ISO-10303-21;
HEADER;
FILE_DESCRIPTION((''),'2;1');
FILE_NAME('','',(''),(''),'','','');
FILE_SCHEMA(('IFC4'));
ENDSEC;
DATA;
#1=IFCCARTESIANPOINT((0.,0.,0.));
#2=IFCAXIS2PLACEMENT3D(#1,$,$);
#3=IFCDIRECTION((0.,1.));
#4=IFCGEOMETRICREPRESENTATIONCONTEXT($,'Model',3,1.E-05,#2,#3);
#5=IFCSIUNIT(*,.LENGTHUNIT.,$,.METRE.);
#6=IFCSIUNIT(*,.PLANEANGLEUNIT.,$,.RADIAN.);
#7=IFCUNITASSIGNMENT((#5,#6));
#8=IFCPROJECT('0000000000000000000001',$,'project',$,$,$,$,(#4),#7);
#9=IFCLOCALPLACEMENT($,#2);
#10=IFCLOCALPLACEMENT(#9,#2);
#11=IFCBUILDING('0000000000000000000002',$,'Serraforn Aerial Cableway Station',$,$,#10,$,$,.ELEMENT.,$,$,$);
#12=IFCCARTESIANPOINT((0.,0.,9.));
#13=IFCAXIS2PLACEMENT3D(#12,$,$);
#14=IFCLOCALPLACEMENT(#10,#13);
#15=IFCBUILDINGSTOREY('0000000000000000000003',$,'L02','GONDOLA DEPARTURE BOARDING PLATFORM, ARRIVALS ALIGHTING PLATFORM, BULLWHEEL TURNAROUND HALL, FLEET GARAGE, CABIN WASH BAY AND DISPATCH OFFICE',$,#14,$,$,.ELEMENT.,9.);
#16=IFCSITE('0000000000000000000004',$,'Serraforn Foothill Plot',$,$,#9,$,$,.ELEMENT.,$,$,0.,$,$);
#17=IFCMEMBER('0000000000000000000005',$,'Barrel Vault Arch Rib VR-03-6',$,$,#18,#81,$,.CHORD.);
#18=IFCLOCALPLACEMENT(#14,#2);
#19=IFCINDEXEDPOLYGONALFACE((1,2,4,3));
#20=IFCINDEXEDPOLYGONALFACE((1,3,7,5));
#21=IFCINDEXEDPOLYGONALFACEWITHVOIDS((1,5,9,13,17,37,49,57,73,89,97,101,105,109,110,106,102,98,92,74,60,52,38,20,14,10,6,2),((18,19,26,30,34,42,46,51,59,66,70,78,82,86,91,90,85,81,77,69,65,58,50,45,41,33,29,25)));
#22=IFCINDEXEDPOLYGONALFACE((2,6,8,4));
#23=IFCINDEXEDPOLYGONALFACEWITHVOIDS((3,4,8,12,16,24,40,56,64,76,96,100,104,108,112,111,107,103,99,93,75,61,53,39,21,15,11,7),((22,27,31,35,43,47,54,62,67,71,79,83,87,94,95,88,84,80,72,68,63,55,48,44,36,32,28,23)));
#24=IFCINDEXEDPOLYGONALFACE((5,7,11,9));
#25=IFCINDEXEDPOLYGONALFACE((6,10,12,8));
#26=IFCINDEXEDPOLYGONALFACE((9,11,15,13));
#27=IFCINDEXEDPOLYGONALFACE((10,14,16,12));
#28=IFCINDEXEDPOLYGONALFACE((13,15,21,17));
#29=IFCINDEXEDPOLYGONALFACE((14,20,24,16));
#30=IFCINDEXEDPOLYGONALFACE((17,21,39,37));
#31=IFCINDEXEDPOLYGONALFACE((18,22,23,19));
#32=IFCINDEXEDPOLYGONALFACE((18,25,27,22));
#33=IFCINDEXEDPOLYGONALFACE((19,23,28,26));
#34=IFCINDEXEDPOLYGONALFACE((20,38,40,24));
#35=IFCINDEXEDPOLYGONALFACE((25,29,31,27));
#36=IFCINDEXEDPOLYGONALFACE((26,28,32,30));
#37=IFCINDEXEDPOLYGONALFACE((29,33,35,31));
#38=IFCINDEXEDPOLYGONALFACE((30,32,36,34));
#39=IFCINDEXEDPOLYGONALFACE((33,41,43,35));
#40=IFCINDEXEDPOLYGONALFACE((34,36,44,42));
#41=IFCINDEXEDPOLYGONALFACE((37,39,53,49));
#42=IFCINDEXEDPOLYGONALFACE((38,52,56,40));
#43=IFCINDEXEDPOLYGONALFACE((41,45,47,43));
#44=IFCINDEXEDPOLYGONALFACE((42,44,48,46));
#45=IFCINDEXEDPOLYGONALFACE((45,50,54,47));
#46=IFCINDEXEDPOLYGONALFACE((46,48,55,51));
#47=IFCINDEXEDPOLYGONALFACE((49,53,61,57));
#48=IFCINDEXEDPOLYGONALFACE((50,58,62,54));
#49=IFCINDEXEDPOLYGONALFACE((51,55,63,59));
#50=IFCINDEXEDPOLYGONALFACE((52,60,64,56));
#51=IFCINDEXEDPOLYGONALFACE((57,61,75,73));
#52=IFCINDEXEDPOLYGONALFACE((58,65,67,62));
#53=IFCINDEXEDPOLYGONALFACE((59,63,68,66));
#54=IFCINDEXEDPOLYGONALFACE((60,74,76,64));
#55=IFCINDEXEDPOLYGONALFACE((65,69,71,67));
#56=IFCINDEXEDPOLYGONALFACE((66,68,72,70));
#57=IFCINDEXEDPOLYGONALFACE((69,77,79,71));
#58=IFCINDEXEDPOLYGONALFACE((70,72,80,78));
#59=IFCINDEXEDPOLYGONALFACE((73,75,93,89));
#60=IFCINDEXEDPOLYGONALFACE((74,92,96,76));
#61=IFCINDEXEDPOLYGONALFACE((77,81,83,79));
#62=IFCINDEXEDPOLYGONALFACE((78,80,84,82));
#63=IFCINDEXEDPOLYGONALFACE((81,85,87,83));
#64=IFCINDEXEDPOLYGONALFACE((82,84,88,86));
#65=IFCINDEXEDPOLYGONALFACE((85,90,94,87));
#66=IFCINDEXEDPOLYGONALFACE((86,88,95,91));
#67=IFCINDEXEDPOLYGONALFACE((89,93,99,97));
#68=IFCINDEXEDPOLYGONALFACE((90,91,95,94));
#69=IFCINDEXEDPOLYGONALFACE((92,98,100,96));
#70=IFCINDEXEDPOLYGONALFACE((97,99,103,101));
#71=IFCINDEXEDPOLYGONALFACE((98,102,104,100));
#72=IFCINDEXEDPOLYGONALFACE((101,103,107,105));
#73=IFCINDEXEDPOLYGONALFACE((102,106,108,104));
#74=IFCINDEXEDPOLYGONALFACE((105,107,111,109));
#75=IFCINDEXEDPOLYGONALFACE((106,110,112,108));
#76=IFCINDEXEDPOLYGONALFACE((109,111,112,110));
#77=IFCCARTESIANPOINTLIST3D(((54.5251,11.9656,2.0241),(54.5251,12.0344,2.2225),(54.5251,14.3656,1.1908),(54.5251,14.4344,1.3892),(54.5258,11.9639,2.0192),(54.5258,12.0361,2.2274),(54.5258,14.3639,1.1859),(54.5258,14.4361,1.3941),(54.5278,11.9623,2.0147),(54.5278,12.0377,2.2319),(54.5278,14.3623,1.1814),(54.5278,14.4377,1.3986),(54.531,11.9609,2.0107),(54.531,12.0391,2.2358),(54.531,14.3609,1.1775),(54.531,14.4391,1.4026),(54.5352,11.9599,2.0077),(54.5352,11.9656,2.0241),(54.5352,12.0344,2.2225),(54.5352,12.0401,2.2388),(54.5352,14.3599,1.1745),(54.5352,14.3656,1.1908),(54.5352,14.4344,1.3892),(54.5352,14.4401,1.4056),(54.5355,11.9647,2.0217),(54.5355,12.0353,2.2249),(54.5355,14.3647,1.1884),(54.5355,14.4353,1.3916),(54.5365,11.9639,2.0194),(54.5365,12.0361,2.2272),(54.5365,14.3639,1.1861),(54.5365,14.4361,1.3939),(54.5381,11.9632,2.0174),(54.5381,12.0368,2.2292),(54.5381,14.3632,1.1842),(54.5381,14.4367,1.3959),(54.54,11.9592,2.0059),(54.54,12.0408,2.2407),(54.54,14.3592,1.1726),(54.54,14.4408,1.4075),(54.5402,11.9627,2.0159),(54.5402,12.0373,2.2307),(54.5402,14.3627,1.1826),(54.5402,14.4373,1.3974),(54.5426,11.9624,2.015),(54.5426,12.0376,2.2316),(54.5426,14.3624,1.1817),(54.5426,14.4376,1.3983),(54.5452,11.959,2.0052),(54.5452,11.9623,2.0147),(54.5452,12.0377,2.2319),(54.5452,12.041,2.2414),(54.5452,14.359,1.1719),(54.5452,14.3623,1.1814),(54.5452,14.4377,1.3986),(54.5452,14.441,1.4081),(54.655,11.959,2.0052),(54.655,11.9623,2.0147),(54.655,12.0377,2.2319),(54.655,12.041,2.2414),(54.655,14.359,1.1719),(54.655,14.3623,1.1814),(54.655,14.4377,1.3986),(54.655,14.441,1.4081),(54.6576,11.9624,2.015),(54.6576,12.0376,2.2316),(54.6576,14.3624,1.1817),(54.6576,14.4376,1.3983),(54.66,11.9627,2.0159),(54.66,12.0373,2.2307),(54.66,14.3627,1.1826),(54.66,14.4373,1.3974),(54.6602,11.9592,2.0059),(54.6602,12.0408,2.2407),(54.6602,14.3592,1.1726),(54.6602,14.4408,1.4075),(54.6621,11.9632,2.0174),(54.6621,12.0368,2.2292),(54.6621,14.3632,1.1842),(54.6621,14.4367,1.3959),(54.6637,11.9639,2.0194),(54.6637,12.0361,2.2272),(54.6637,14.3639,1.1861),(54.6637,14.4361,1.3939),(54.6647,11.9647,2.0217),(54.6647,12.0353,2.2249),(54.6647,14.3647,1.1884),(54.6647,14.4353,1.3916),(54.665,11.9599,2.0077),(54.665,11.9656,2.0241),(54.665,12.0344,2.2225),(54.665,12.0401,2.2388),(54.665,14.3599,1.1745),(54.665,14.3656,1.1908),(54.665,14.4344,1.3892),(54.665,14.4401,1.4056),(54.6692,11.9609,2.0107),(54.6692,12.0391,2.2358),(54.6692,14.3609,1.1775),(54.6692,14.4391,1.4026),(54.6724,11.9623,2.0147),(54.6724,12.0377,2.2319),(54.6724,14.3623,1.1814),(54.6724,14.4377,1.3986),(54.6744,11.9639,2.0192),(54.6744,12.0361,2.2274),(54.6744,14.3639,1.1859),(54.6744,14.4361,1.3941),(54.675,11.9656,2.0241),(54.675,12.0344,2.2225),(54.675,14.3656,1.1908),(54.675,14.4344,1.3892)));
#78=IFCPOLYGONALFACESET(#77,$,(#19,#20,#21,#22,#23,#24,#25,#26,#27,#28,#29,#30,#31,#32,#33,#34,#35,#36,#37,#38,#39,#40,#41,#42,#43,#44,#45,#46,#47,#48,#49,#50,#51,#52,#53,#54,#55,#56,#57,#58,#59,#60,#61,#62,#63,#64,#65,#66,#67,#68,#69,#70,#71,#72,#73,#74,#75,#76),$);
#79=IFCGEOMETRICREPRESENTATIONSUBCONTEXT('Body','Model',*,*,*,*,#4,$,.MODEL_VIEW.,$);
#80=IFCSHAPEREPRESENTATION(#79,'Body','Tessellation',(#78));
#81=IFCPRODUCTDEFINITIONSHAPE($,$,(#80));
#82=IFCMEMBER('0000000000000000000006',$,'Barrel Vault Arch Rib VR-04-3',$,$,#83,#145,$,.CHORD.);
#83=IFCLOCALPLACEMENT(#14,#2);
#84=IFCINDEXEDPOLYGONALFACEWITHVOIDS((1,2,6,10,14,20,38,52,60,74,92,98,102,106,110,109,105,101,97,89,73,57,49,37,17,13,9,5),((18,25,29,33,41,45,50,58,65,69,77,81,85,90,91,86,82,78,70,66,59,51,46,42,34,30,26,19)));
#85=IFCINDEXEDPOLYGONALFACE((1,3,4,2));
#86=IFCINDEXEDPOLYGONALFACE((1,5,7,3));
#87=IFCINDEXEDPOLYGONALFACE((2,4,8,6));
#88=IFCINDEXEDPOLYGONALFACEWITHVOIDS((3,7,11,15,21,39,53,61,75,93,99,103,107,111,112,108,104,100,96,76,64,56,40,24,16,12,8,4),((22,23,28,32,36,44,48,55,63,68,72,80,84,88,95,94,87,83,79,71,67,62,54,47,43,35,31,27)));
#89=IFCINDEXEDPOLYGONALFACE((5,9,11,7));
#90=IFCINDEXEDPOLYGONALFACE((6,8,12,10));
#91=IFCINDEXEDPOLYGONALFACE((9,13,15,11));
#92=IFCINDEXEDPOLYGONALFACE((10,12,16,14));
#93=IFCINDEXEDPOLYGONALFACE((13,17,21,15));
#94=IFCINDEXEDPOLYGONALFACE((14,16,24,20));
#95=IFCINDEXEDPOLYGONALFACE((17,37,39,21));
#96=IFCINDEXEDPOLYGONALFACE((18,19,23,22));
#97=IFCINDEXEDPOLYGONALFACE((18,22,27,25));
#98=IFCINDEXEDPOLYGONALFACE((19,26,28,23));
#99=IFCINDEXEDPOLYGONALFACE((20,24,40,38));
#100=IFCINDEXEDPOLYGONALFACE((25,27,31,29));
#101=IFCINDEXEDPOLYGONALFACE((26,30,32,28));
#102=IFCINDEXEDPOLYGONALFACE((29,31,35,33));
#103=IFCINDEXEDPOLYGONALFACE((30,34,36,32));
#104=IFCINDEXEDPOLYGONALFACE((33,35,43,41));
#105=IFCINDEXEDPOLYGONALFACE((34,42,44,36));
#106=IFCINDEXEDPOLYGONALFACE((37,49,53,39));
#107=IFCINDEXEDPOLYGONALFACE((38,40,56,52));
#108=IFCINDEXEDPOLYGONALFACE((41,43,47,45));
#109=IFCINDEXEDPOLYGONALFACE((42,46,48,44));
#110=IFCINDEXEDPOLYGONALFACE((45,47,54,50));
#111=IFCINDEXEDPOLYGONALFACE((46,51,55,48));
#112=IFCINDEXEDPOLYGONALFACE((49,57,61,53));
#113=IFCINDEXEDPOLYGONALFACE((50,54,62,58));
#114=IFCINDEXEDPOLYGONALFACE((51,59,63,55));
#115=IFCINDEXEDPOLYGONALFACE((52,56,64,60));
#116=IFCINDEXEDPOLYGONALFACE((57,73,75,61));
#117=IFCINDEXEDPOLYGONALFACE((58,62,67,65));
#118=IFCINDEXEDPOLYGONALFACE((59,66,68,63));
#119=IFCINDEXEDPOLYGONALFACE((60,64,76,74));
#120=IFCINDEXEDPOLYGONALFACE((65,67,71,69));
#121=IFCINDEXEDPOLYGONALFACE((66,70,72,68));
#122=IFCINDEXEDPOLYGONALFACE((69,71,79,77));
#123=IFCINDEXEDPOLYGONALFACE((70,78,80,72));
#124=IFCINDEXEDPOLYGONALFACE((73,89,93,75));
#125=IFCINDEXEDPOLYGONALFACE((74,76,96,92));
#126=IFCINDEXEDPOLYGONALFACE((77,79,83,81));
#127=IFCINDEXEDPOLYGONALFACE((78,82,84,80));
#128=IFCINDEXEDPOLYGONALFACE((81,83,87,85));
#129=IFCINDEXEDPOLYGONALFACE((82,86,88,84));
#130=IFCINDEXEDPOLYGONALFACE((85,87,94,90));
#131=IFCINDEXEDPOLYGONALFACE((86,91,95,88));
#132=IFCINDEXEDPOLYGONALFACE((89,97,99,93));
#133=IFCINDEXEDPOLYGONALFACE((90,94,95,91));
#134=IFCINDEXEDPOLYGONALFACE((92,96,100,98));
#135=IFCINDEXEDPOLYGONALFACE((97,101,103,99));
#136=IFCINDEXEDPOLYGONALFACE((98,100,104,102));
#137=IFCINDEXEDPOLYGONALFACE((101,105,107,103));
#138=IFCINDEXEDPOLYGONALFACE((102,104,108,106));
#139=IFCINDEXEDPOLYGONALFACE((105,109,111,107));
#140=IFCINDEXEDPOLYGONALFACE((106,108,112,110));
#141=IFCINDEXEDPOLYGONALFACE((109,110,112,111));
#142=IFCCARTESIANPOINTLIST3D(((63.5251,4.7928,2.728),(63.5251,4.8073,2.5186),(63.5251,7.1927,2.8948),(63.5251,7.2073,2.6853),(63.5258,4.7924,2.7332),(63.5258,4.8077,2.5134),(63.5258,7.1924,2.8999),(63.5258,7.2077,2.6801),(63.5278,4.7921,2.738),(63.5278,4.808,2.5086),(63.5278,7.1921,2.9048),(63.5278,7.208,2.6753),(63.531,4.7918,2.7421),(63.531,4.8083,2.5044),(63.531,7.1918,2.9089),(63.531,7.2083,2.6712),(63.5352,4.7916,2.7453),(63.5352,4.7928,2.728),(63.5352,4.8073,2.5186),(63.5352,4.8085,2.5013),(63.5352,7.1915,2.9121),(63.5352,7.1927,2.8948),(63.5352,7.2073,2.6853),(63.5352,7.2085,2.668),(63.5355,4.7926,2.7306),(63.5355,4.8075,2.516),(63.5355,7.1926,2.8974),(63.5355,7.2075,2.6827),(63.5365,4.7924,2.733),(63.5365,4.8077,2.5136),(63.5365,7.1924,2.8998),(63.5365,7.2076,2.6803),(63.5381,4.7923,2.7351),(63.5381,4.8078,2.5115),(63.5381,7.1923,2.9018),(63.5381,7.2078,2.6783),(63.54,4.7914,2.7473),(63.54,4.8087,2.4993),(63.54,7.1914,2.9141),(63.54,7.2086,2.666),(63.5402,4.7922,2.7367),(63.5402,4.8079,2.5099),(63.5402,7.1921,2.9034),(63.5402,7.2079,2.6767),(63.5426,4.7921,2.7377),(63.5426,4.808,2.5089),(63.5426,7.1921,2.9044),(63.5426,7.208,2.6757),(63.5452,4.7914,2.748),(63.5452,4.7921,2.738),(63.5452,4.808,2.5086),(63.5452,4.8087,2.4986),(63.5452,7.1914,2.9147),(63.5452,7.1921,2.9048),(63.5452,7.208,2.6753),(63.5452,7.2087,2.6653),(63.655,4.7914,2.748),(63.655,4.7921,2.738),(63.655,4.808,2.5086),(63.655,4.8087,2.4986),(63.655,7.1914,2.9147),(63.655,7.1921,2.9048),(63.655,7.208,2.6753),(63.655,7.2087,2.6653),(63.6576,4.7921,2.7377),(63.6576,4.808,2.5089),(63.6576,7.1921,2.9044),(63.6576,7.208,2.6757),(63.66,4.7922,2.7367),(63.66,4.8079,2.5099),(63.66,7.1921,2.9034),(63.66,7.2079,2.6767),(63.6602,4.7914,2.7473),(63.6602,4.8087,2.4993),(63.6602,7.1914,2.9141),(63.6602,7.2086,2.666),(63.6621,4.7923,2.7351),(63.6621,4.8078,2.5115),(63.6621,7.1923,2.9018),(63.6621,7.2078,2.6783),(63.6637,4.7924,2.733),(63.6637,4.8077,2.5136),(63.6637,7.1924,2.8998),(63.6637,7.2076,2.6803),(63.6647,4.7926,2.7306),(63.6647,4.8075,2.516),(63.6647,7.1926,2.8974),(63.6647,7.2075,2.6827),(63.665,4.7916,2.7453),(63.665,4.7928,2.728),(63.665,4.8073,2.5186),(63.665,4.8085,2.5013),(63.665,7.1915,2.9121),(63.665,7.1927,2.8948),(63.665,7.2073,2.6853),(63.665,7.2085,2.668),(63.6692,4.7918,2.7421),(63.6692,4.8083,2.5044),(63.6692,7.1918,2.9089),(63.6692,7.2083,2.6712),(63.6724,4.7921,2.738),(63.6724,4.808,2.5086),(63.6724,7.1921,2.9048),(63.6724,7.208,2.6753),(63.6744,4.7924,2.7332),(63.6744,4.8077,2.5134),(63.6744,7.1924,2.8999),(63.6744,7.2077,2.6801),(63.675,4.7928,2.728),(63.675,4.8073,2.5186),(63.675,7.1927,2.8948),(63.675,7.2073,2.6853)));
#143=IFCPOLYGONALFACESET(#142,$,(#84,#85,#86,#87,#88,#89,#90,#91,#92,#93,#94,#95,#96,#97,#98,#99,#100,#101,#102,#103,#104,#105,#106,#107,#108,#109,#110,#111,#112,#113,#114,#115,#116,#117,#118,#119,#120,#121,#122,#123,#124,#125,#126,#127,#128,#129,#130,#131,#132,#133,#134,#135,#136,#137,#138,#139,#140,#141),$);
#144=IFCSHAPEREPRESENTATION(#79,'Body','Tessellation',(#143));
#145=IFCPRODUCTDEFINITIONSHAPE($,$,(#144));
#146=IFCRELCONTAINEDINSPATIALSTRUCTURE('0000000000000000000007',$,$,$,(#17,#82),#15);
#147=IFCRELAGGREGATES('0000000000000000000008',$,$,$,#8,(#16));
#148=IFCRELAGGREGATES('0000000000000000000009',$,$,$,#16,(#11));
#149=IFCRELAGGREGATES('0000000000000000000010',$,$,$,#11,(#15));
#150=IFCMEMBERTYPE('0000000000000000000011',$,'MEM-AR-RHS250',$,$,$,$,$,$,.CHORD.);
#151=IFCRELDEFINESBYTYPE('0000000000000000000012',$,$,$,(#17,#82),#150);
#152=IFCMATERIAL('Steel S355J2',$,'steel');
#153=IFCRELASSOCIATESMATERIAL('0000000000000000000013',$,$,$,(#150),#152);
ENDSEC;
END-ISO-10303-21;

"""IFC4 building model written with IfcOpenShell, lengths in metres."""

from ifc_helpers import new_model, si_unit, direction, frame, origin, origin_2d, place, context, subcontext, project, spatial, hollow_rectangle, extrude, material, material_profile, profile_set, type_object, element, save


model = new_model("IFC4")

# Units and contexts
model_context = context("Model", 3, precision=1e-05, world=origin(), true_north=direction((0.0, 1.0)))
body_context = subcontext(model_context, "Body", "Model", "MODEL_VIEW")
ifc_project = project(units=[si_unit("LENGTHUNIT", "METRE"), si_unit("PLANEANGLEUNIT", "RADIAN")], contexts=[model_context])

# Site, building, storey
site_placement = place(None, origin())
site = spatial("IfcSite", under=ifc_project, at=site_placement, Name="Serraforn Foothill Plot", CompositionType="ELEMENT", RefElevation=0.0)
building_placement = place(site_placement, origin())
building = spatial("IfcBuilding", under=site, at=building_placement, Name="Serraforn Aerial Cableway Station", CompositionType="ELEMENT")
storey_placement = place(building_placement, frame((0.0, 0.0, 9.0)))
storey = spatial("IfcBuildingStorey", under=building, at=storey_placement, Name="L02", Description="GONDOLA DEPARTURE BOARDING PLATFORM, ARRIVALS ALIGHTING PLATFORM, BULLWHEEL TURNAROUND HALL, FLEET GARAGE, CABIN WASH BAY AND DISPATCH OFFICE", CompositionType="ELEMENT", Elevation=9.0)

# Members
ifc_material_1 = material(Name="Steel S355J2", Category="steel")
ifc_material_profile_1 = material_profile(ifc_material_1, hollow_rectangle(XDim=0.1499, YDim=0.25, WallThickness=0.01, InnerFilletRadius=0.01, OuterFilletRadius=0.02, at=origin_2d()), Name="RHS 250x150x10.0")
ifc_profile_set_1 = profile_set([ifc_material_profile_1], Name="Steel S355J2")
member_type_1 = type_object("IfcMemberType", Name="MEM-AR-RHS250", PredefinedType="CHORD", material=ifc_profile_set_1)
member_1_placement = place(storey_placement, frame((54.6001, 12.0, 2.1233), z_axis=(0.0, 0.944679, -0.327995), x_axis=(-1.0, 0.0, 0.0)))
element("IfcMember", 1, at=member_1_placement, inside=storey, type_object=member_type_1, Name="Barrel Vault Arch Rib VR-03-6", PredefinedType="CHORD", context=body_context, shape_type="SweptSolid", body=[
    extrude(hollow_rectangle(XDim=0.1499, YDim=0.25, WallThickness=0.01, InnerFilletRadius=0.01, OuterFilletRadius=0.02, at=origin_2d()), origin(), (0.0, 0.0, 1.0), 2.5405),
])
member_2_placement = place(storey_placement, frame((63.6001, 4.8, 2.6233), z_axis=(0.0, 0.997595, 0.069314), x_axis=(-1.0, 0.0, 0.0)))
element("IfcMember", 2, at=member_2_placement, inside=storey, type_object=member_type_1, Name="Barrel Vault Arch Rib VR-04-3", PredefinedType="CHORD", context=body_context, shape_type="SweptSolid", body=[
    extrude(hollow_rectangle(XDim=0.1499, YDim=0.25, WallThickness=0.01, InnerFilletRadius=0.01, OuterFilletRadius=0.02, at=origin_2d()), origin(), (0.0, 0.0, 1.0), 2.4058),
])

save(model, "model.ifc")
